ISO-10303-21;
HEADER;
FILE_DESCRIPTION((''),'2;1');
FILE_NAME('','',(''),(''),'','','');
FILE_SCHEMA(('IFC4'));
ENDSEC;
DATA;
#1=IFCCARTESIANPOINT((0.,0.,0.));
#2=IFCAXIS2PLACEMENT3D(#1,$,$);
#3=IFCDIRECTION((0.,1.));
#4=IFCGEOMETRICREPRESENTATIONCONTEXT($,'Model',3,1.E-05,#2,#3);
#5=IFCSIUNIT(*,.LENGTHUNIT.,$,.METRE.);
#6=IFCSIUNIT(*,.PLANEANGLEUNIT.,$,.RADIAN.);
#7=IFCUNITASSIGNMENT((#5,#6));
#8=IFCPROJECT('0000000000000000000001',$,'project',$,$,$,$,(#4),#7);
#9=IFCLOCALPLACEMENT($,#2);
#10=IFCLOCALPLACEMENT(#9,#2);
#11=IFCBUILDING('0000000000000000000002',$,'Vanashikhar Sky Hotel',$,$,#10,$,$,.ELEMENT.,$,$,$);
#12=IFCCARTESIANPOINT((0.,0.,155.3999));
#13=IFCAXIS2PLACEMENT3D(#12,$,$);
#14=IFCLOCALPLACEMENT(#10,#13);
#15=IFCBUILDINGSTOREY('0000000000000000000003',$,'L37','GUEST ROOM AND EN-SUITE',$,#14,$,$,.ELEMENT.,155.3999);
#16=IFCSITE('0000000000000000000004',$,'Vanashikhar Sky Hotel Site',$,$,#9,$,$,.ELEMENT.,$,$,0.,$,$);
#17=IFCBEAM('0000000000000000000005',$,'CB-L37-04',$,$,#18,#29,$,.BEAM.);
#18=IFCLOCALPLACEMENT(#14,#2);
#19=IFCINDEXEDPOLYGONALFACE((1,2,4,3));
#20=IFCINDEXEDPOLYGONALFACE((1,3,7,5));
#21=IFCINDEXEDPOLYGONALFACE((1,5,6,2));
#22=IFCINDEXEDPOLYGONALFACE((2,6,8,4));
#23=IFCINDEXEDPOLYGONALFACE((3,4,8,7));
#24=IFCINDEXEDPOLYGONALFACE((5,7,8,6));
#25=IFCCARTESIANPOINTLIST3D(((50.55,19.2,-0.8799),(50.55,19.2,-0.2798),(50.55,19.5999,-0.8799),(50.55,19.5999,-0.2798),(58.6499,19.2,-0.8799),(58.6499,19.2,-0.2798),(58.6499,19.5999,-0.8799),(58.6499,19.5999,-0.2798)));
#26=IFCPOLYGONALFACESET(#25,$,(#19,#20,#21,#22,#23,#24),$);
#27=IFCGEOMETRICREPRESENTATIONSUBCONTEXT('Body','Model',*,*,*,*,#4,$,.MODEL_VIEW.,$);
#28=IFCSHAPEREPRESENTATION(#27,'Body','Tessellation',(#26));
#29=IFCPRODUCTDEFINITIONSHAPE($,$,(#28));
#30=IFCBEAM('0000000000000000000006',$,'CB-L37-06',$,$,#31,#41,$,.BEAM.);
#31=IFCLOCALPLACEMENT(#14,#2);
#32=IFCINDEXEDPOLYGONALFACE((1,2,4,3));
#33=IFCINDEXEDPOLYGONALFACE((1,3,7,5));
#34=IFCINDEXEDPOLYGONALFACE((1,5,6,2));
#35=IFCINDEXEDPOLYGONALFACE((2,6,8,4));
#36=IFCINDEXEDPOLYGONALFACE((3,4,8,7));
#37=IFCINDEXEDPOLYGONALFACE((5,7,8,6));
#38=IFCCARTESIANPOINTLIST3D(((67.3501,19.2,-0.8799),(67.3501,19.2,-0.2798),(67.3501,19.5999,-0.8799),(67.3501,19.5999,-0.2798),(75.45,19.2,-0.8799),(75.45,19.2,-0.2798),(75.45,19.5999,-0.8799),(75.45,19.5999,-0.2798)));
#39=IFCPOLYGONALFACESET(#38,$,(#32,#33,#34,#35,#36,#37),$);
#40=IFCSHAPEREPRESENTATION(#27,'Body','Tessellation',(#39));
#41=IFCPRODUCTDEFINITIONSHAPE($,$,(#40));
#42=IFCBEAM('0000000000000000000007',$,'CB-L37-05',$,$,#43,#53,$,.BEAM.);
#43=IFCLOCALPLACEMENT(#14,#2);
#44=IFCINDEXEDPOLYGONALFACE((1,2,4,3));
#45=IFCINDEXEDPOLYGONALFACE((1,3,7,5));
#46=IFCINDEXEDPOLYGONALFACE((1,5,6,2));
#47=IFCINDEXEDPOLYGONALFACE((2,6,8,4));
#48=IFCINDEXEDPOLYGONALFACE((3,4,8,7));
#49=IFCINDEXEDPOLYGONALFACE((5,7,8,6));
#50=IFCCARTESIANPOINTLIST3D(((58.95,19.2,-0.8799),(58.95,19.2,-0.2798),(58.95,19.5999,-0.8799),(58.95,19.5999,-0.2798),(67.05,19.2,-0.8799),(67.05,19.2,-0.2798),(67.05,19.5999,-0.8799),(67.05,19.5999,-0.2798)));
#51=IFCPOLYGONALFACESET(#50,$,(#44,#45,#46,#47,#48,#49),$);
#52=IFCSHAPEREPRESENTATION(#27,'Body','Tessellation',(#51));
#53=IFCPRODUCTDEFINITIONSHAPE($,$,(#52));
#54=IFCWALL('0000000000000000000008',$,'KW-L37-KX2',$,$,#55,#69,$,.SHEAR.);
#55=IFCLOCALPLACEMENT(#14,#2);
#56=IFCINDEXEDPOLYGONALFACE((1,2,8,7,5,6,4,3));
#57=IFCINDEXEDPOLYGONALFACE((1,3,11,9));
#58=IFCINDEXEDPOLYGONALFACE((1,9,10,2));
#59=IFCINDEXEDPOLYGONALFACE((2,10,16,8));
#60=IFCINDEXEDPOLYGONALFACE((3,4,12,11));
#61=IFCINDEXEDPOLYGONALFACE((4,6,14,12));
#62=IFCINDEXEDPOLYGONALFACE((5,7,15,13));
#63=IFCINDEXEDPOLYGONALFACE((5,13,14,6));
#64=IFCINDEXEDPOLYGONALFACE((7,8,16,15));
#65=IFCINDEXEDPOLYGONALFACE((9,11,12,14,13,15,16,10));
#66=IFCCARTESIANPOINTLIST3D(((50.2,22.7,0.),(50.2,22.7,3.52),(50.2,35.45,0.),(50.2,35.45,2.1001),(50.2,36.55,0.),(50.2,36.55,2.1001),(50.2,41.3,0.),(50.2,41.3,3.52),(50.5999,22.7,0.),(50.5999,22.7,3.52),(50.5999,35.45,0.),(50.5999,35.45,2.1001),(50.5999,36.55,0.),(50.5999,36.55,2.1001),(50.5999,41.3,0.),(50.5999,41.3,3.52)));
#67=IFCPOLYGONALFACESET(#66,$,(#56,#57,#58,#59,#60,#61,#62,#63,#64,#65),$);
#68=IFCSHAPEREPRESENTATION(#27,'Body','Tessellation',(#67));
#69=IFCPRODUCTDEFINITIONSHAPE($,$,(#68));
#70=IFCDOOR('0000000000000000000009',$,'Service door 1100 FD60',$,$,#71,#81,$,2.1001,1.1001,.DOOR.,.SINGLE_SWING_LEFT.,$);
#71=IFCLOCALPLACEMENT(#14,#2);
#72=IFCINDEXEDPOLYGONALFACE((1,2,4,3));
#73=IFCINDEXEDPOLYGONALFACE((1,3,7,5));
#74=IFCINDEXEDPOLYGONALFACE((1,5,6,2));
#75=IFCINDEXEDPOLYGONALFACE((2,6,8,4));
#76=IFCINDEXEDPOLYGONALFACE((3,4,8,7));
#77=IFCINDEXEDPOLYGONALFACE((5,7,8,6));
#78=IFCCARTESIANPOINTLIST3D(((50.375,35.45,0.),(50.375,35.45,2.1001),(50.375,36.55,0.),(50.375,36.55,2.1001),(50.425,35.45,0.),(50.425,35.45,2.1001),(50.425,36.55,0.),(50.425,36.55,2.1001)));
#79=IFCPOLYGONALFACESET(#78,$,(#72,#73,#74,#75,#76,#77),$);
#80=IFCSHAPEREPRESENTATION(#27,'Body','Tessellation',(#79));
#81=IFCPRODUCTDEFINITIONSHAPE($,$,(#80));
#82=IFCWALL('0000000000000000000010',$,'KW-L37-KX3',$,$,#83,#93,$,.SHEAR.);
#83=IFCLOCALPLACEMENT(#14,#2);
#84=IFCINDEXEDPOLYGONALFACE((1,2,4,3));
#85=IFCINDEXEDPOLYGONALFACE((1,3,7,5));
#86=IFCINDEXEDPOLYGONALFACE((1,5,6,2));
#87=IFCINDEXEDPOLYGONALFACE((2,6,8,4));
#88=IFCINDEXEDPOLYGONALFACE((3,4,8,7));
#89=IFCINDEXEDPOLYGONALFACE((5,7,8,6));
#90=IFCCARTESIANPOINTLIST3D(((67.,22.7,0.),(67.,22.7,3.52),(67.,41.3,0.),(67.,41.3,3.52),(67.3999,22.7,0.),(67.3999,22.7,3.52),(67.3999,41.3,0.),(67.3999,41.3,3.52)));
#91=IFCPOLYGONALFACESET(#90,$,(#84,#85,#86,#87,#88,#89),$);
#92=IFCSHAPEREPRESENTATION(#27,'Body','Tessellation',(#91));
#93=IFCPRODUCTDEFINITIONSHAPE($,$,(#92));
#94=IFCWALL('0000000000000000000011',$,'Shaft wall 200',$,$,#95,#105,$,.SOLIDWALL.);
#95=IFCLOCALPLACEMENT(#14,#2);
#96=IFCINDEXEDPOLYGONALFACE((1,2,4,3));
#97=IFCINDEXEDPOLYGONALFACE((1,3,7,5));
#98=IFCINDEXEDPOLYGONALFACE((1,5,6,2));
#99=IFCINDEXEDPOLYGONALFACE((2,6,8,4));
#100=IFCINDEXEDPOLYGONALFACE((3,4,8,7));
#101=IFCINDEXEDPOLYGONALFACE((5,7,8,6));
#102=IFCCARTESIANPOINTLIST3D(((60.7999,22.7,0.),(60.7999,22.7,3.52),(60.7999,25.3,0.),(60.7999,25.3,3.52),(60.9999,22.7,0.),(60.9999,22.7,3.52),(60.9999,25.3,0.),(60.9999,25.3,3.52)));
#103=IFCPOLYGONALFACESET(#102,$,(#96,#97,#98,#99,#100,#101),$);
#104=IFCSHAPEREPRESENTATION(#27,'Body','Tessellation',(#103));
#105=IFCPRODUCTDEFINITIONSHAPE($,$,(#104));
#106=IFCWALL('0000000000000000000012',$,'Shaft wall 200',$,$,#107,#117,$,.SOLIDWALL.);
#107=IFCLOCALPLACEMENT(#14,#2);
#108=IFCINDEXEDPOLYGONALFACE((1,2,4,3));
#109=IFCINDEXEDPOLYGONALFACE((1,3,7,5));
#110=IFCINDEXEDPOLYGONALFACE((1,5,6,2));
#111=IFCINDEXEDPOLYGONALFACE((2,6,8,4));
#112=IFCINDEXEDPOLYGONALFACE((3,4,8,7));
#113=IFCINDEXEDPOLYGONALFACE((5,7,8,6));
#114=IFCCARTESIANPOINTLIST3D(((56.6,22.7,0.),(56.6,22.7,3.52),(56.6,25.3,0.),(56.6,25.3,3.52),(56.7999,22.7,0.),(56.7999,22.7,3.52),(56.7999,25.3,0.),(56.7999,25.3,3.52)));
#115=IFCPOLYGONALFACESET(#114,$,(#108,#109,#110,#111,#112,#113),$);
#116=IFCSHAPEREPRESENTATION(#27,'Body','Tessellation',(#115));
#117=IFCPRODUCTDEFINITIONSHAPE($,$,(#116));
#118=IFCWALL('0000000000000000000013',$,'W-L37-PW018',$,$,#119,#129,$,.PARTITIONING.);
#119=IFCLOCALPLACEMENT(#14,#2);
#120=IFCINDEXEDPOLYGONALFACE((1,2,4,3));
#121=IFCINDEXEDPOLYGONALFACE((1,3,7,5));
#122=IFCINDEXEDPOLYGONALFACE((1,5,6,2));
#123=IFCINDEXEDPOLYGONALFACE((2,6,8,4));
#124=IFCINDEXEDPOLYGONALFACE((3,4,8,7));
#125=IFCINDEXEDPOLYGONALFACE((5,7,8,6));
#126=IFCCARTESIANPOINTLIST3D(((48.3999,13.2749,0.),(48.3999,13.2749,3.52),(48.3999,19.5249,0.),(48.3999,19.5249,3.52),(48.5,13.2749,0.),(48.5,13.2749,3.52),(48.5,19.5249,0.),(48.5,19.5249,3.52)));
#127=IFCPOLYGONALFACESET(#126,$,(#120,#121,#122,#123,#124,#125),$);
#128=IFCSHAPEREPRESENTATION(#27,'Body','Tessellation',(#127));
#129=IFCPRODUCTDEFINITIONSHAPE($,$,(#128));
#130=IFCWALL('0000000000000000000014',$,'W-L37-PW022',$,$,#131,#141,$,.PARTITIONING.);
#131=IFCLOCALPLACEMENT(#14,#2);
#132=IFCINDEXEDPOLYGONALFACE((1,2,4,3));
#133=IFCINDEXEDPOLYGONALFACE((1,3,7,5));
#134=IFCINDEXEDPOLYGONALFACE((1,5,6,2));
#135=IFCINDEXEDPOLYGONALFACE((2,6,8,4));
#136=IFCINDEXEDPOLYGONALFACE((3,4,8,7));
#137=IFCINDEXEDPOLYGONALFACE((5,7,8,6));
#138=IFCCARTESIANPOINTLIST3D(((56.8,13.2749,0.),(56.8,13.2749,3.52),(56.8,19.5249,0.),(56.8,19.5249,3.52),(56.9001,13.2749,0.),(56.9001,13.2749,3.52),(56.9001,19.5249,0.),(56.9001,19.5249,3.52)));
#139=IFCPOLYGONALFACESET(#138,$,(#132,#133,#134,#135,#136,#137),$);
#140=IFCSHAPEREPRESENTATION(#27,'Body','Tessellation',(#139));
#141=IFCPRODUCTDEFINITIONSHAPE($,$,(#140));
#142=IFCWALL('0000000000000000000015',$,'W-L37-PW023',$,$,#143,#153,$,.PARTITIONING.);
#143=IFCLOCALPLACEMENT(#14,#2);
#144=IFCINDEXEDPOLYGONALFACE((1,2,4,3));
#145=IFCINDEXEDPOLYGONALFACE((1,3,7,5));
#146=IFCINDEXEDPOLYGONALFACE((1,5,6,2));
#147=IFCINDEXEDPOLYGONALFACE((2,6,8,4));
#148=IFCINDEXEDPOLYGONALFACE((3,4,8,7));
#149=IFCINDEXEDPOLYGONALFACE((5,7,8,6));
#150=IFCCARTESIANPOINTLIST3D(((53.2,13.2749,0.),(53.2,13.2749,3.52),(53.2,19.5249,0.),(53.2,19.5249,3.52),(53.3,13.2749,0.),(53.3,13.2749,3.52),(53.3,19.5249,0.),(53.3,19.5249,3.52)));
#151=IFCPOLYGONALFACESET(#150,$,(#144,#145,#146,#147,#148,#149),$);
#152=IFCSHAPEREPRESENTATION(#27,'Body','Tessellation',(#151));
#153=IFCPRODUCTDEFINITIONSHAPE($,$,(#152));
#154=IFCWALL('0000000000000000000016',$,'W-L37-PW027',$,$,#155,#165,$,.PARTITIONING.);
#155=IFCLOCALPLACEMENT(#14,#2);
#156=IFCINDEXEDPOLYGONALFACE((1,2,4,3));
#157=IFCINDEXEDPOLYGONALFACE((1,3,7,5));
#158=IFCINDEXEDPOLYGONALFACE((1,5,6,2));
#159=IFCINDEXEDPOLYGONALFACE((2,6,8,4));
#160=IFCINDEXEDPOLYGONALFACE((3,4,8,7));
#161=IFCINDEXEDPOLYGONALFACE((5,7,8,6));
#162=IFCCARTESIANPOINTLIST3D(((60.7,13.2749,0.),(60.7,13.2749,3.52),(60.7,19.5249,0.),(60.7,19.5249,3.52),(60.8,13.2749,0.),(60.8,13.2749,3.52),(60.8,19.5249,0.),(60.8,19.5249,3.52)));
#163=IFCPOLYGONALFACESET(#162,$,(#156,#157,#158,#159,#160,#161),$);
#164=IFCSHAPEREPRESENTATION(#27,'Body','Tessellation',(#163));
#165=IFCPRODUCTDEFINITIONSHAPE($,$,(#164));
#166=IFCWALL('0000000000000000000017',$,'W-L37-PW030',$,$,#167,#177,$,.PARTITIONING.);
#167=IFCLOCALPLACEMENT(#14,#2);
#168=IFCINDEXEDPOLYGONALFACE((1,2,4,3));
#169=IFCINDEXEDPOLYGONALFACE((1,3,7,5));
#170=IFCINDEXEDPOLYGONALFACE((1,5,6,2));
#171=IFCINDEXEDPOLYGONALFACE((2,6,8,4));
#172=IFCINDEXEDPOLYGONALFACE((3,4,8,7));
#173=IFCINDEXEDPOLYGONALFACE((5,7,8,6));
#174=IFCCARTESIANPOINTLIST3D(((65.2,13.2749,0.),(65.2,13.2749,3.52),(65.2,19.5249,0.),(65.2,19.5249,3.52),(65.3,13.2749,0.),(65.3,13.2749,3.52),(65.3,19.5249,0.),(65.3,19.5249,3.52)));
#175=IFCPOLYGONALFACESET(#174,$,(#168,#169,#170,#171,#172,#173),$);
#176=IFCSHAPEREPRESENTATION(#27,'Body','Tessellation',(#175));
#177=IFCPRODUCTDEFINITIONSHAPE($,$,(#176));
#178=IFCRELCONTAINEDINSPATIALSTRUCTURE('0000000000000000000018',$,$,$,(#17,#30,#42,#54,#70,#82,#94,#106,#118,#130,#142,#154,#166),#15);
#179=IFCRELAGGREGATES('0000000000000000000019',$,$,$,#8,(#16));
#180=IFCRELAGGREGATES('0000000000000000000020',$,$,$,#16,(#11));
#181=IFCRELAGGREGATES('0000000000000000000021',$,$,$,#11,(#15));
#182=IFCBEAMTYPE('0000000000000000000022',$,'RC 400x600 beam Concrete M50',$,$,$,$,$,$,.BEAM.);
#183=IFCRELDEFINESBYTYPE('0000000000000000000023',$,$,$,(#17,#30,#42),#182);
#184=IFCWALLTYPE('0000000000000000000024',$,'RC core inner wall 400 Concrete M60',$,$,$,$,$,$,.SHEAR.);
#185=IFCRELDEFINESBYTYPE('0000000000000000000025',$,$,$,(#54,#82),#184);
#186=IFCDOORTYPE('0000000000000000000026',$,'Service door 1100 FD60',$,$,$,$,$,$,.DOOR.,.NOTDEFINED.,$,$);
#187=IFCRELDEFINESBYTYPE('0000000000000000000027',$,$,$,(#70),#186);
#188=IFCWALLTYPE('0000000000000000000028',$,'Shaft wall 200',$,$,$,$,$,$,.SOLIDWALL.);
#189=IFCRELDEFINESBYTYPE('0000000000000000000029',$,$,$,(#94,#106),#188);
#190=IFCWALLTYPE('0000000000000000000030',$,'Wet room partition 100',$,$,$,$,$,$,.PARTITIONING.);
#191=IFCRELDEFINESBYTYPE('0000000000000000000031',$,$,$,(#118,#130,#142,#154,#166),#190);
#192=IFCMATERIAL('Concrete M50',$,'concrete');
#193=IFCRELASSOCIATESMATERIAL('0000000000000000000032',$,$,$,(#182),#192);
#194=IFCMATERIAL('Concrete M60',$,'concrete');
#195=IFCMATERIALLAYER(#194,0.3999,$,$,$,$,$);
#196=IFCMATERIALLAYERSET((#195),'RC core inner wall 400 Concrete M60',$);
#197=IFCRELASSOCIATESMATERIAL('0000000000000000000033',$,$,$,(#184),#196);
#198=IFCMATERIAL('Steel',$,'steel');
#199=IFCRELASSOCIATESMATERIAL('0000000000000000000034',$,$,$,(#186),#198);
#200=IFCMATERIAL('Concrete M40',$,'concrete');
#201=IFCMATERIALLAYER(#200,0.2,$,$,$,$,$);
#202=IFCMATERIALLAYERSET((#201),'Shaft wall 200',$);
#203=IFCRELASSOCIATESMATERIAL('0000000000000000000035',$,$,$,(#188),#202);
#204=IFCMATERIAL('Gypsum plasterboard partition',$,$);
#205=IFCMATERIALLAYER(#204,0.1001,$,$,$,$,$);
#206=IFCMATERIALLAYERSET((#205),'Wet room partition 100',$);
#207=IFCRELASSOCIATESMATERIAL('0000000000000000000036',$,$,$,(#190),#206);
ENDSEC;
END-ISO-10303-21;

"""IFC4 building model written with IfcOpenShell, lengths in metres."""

from ifc_helpers import new_model, si_unit, direction, frame, frame_2d, origin, origin_2d, place, context, subcontext, project, spatial, rectangle, extrude, source, transform, mapped, material, layer, layer_set, material_profile, profile_set, type_object, element, fill, save


model = new_model("IFC4")

# Units and contexts
model_context = context("Model", 3, precision=1e-05, world=origin(), true_north=direction((0.0, 1.0)))
body_context = subcontext(model_context, "Body", "Model", "MODEL_VIEW")
ifc_project = project(units=[si_unit("LENGTHUNIT", "METRE"), si_unit("PLANEANGLEUNIT", "RADIAN")], contexts=[model_context])

# Site, building, storey
site_placement = place(None, origin())
site = spatial("IfcSite", under=ifc_project, at=site_placement, Name="Vanashikhar Sky Hotel Site", CompositionType="ELEMENT", RefElevation=0.0)
building_placement = place(site_placement, origin())
building = spatial("IfcBuilding", under=site, at=building_placement, Name="Vanashikhar Sky Hotel", CompositionType="ELEMENT")
storey_placement = place(building_placement, frame((0.0, 0.0, 155.3999)))
storey = spatial("IfcBuildingStorey", under=building, at=storey_placement, Name="L37", Description="GUEST ROOM AND EN-SUITE", CompositionType="ELEMENT", Elevation=155.3999)

# Beams
ifc_material_1 = material(Name="Concrete M50", Category="concrete")
ifc_material_profile = material_profile(ifc_material_1, rectangle(XDim=0.3999, YDim=0.6001, at=origin_2d()))
ifc_profile_set = profile_set([ifc_material_profile], Name="RC 400x600 beam Concrete M50")
beam_type = type_object("IfcBeamType", Name="RC 400x600 beam Concrete M50", PredefinedType="BEAM", material=ifc_profile_set)
shared_shape_1 = source(origin(), body_context, "Body", "SweptSolid", [
    extrude(rectangle(XDim=0.3999, YDim=0.6001, at=origin_2d()), origin(), (0.0, 0.0, 1.0), 8.0999),
])
for number, where, z_axis, x_axis, name in (
    (1, (50.55, 19.3999, -0.5798), (1.0, 0.0, 0.0), (0.0, 1.0, 0.0), "CB-L37-04"),
    (2, (67.3501, 19.3999, -0.5798), (1.0, 0.0, 0.0), (0.0, 1.0, 0.0), "CB-L37-06"),
):
    element("IfcBeam", number, at=place(storey_placement, frame(where, z_axis=z_axis, x_axis=x_axis)), inside=storey, type_object=beam_type, Name=name, PredefinedType="BEAM", context=body_context, shape_type="MappedRepresentation", body=[
        mapped(shared_shape_1, transform((0.0, 0.0, 0.0), scale=1.0)),
    ])
shared_shape_2 = source(origin(), body_context, "Body", "SweptSolid", [
    extrude(rectangle(XDim=0.3999, YDim=0.6001, at=origin_2d()), origin(), (0.0, 0.0, 1.0), 8.1001),
])
beam_placement = place(storey_placement, frame((58.95, 19.3999, -0.5798), z_axis=(1.0, 0.0, 0.0), x_axis=(0.0, 1.0, 0.0)))
element("IfcBeam", 3, at=beam_placement, inside=storey, type_object=beam_type, Name="CB-L37-05", PredefinedType="BEAM", context=body_context, shape_type="MappedRepresentation", body=[
    mapped(shared_shape_2, transform((0.0, 0.0, 0.0), scale=1.0)),
])

# Wall, opening, door
ifc_material_2 = material(Name="Concrete M60", Category="concrete")
ifc_layer_1 = layer(ifc_material_2, 0.3999)
ifc_layer_set_1 = layer_set([ifc_layer_1], Name="RC core inner wall 400 Concrete M60")
wall_type_1 = type_object("IfcWallType", Name="RC core inner wall 400 Concrete M60", PredefinedType="SHEAR", material=ifc_layer_set_1)
shared_shape_3 = source(origin(), body_context, "Body", "SweptSolid", [
    extrude(rectangle(XDim=18.6001, YDim=0.3999, at=frame_2d((9.3, 0.0))), origin(), (0.0, 0.0, 1.0), 3.52),
])
wall_1_placement = place(storey_placement, frame((50.3999, 22.7, 0.0), z_axis=(0.0, 0.0, 1.0), x_axis=(0.0, 1.0, 0.0)))
wall_1 = element("IfcWall", 4, at=wall_1_placement, inside=storey, type_object=wall_type_1, Name="KW-L37-KX2", PredefinedType="SHEAR", context=body_context, shape_type="MappedRepresentation", body=[
    mapped(shared_shape_3, transform((0.0, 0.0, 0.0), scale=1.0)),
])
shared_shape_4 = source(origin(), body_context, "Body", "SweptSolid", [
    extrude(rectangle(XDim=1.1001, YDim=2.1001, at=frame_2d((0.55, 1.05))), frame((0.0, 0.21, 0.0), z_axis=(0.0, -1.0, 0.0), x_axis=(1.0, 0.0, 0.0)), (0.0, 0.0, 1.0), 0.4199),
])
opening_1_placement = place(wall_1_placement, frame((12.75, 0.0, 0.0)))
opening_1 = element("IfcOpeningElement", 5, at=opening_1_placement, cuts=wall_1, PredefinedType="OPENING", context=body_context, shape_type="MappedRepresentation", body=[
    mapped(shared_shape_4, transform((0.0, 0.0, 0.0), scale=1.0)),
])
ifc_material_3 = material(Name="Steel", Category="steel")
door_type_1 = type_object("IfcDoorType", Name="Service door 1100 FD60", OperationType="NOTDEFINED", PredefinedType="DOOR", material=ifc_material_3)
shared_shape_5 = source(origin(), body_context, "Body", "SweptSolid", [
    extrude(rectangle(XDim=1.1001, YDim=2.1001, at=frame_2d((0.55, 1.05))), frame((0.0, 0.0249, 0.0), z_axis=(0.0, -1.0, 0.0), x_axis=(1.0, 0.0, 0.0)), (0.0, 0.0, 1.0), 0.05),
])
door_1_placement = place(opening_1_placement, origin())
door_1 = element("IfcDoor", 6, at=door_1_placement, inside=storey, type_object=door_type_1, Name="Service door 1100 FD60", OperationType="SINGLE_SWING_LEFT", OverallHeight=2.1001, OverallWidth=1.1001, PredefinedType="DOOR", context=body_context, shape_type="MappedRepresentation", body=[
    mapped(shared_shape_5, transform((0.0, 0.0, 0.0), scale=1.0)),
])
fill(opening_1, door_1)

# Walls
wall_2_placement = place(storey_placement, frame((67.2, 22.7, 0.0), z_axis=(0.0, 0.0, 1.0), x_axis=(0.0, 1.0, 0.0)))
element("IfcWall", 7, at=wall_2_placement, inside=storey, type_object=wall_type_1, Name="KW-L37-KX3", PredefinedType="SHEAR", context=body_context, shape_type="MappedRepresentation", body=[
    mapped(shared_shape_3, transform((0.0, 0.0, 0.0), scale=1.0)),
])
ifc_material_4 = material(Name="Concrete M40", Category="concrete")
ifc_layer_2 = layer(ifc_material_4, 0.2)
ifc_layer_set_2 = layer_set([ifc_layer_2], Name="Shaft wall 200")
wall_type_2 = type_object("IfcWallType", Name="Shaft wall 200", PredefinedType="SOLIDWALL", material=ifc_layer_set_2)
shared_shape_6 = source(origin(), body_context, "Body", "SweptSolid", [
    extrude(rectangle(XDim=2.6001, YDim=0.2, at=frame_2d((1.3, 0.0))), origin(), (0.0, 0.0, 1.0), 3.52),
])
for number, where, z_axis, x_axis, name in (
    (8, (60.8999, 22.7, 0.0), (0.0, 0.0, 1.0), (0.0, 1.0, 0.0), "Shaft wall 200"),
    (9, (56.7, 22.7, 0.0), (0.0, 0.0, 1.0), (0.0, 1.0, 0.0), "Shaft wall 200"),
):
    element("IfcWall", number, at=place(storey_placement, frame(where, z_axis=z_axis, x_axis=x_axis)), inside=storey, type_object=wall_type_2, Name=name, PredefinedType="SOLIDWALL", context=body_context, shape_type="MappedRepresentation", body=[
        mapped(shared_shape_6, transform((0.0, 0.0, 0.0), scale=1.0)),
    ])
ifc_material_5 = material(Name="Gypsum plasterboard partition")
ifc_layer_3 = layer(ifc_material_5, 0.1001)
ifc_layer_set_3 = layer_set([ifc_layer_3], Name="Wet room partition 100")
wall_type_3 = type_object("IfcWallType", Name="Wet room partition 100", PredefinedType="PARTITIONING", material=ifc_layer_set_3)
shared_shape_7 = source(origin(), body_context, "Body", "SweptSolid", [
    extrude(rectangle(XDim=6.25, YDim=0.1001, at=frame_2d((3.125, 0.0))), origin(), (0.0, 0.0, 1.0), 3.52),
])
for number, where, z_axis, x_axis, name in (
    (10, (48.45, 13.2749, 0.0), (0.0, 0.0, 1.0), (0.0, 1.0, 0.0), "W-L37-PW018"),
    (11, (56.8501, 13.2749, 0.0), (0.0, 0.0, 1.0), (0.0, 1.0, 0.0), "W-L37-PW022"),
    (12, (53.25, 13.2749, 0.0), (0.0, 0.0, 1.0), (0.0, 1.0, 0.0), "W-L37-PW023"),
    (13, (60.75, 13.2749, 0.0), (0.0, 0.0, 1.0), (0.0, 1.0, 0.0), "W-L37-PW027"),
    (14, (65.25, 13.2749, 0.0), (0.0, 0.0, 1.0), (0.0, 1.0, 0.0), "W-L37-PW030"),
):
    element("IfcWall", number, at=place(storey_placement, frame(where, z_axis=z_axis, x_axis=x_axis)), inside=storey, type_object=wall_type_3, Name=name, PredefinedType="PARTITIONING", context=body_context, shape_type="MappedRepresentation", body=[
        mapped(shared_shape_7, transform((0.0, 0.0, 0.0), scale=1.0)),
    ])

save(model, "model.ifc")
